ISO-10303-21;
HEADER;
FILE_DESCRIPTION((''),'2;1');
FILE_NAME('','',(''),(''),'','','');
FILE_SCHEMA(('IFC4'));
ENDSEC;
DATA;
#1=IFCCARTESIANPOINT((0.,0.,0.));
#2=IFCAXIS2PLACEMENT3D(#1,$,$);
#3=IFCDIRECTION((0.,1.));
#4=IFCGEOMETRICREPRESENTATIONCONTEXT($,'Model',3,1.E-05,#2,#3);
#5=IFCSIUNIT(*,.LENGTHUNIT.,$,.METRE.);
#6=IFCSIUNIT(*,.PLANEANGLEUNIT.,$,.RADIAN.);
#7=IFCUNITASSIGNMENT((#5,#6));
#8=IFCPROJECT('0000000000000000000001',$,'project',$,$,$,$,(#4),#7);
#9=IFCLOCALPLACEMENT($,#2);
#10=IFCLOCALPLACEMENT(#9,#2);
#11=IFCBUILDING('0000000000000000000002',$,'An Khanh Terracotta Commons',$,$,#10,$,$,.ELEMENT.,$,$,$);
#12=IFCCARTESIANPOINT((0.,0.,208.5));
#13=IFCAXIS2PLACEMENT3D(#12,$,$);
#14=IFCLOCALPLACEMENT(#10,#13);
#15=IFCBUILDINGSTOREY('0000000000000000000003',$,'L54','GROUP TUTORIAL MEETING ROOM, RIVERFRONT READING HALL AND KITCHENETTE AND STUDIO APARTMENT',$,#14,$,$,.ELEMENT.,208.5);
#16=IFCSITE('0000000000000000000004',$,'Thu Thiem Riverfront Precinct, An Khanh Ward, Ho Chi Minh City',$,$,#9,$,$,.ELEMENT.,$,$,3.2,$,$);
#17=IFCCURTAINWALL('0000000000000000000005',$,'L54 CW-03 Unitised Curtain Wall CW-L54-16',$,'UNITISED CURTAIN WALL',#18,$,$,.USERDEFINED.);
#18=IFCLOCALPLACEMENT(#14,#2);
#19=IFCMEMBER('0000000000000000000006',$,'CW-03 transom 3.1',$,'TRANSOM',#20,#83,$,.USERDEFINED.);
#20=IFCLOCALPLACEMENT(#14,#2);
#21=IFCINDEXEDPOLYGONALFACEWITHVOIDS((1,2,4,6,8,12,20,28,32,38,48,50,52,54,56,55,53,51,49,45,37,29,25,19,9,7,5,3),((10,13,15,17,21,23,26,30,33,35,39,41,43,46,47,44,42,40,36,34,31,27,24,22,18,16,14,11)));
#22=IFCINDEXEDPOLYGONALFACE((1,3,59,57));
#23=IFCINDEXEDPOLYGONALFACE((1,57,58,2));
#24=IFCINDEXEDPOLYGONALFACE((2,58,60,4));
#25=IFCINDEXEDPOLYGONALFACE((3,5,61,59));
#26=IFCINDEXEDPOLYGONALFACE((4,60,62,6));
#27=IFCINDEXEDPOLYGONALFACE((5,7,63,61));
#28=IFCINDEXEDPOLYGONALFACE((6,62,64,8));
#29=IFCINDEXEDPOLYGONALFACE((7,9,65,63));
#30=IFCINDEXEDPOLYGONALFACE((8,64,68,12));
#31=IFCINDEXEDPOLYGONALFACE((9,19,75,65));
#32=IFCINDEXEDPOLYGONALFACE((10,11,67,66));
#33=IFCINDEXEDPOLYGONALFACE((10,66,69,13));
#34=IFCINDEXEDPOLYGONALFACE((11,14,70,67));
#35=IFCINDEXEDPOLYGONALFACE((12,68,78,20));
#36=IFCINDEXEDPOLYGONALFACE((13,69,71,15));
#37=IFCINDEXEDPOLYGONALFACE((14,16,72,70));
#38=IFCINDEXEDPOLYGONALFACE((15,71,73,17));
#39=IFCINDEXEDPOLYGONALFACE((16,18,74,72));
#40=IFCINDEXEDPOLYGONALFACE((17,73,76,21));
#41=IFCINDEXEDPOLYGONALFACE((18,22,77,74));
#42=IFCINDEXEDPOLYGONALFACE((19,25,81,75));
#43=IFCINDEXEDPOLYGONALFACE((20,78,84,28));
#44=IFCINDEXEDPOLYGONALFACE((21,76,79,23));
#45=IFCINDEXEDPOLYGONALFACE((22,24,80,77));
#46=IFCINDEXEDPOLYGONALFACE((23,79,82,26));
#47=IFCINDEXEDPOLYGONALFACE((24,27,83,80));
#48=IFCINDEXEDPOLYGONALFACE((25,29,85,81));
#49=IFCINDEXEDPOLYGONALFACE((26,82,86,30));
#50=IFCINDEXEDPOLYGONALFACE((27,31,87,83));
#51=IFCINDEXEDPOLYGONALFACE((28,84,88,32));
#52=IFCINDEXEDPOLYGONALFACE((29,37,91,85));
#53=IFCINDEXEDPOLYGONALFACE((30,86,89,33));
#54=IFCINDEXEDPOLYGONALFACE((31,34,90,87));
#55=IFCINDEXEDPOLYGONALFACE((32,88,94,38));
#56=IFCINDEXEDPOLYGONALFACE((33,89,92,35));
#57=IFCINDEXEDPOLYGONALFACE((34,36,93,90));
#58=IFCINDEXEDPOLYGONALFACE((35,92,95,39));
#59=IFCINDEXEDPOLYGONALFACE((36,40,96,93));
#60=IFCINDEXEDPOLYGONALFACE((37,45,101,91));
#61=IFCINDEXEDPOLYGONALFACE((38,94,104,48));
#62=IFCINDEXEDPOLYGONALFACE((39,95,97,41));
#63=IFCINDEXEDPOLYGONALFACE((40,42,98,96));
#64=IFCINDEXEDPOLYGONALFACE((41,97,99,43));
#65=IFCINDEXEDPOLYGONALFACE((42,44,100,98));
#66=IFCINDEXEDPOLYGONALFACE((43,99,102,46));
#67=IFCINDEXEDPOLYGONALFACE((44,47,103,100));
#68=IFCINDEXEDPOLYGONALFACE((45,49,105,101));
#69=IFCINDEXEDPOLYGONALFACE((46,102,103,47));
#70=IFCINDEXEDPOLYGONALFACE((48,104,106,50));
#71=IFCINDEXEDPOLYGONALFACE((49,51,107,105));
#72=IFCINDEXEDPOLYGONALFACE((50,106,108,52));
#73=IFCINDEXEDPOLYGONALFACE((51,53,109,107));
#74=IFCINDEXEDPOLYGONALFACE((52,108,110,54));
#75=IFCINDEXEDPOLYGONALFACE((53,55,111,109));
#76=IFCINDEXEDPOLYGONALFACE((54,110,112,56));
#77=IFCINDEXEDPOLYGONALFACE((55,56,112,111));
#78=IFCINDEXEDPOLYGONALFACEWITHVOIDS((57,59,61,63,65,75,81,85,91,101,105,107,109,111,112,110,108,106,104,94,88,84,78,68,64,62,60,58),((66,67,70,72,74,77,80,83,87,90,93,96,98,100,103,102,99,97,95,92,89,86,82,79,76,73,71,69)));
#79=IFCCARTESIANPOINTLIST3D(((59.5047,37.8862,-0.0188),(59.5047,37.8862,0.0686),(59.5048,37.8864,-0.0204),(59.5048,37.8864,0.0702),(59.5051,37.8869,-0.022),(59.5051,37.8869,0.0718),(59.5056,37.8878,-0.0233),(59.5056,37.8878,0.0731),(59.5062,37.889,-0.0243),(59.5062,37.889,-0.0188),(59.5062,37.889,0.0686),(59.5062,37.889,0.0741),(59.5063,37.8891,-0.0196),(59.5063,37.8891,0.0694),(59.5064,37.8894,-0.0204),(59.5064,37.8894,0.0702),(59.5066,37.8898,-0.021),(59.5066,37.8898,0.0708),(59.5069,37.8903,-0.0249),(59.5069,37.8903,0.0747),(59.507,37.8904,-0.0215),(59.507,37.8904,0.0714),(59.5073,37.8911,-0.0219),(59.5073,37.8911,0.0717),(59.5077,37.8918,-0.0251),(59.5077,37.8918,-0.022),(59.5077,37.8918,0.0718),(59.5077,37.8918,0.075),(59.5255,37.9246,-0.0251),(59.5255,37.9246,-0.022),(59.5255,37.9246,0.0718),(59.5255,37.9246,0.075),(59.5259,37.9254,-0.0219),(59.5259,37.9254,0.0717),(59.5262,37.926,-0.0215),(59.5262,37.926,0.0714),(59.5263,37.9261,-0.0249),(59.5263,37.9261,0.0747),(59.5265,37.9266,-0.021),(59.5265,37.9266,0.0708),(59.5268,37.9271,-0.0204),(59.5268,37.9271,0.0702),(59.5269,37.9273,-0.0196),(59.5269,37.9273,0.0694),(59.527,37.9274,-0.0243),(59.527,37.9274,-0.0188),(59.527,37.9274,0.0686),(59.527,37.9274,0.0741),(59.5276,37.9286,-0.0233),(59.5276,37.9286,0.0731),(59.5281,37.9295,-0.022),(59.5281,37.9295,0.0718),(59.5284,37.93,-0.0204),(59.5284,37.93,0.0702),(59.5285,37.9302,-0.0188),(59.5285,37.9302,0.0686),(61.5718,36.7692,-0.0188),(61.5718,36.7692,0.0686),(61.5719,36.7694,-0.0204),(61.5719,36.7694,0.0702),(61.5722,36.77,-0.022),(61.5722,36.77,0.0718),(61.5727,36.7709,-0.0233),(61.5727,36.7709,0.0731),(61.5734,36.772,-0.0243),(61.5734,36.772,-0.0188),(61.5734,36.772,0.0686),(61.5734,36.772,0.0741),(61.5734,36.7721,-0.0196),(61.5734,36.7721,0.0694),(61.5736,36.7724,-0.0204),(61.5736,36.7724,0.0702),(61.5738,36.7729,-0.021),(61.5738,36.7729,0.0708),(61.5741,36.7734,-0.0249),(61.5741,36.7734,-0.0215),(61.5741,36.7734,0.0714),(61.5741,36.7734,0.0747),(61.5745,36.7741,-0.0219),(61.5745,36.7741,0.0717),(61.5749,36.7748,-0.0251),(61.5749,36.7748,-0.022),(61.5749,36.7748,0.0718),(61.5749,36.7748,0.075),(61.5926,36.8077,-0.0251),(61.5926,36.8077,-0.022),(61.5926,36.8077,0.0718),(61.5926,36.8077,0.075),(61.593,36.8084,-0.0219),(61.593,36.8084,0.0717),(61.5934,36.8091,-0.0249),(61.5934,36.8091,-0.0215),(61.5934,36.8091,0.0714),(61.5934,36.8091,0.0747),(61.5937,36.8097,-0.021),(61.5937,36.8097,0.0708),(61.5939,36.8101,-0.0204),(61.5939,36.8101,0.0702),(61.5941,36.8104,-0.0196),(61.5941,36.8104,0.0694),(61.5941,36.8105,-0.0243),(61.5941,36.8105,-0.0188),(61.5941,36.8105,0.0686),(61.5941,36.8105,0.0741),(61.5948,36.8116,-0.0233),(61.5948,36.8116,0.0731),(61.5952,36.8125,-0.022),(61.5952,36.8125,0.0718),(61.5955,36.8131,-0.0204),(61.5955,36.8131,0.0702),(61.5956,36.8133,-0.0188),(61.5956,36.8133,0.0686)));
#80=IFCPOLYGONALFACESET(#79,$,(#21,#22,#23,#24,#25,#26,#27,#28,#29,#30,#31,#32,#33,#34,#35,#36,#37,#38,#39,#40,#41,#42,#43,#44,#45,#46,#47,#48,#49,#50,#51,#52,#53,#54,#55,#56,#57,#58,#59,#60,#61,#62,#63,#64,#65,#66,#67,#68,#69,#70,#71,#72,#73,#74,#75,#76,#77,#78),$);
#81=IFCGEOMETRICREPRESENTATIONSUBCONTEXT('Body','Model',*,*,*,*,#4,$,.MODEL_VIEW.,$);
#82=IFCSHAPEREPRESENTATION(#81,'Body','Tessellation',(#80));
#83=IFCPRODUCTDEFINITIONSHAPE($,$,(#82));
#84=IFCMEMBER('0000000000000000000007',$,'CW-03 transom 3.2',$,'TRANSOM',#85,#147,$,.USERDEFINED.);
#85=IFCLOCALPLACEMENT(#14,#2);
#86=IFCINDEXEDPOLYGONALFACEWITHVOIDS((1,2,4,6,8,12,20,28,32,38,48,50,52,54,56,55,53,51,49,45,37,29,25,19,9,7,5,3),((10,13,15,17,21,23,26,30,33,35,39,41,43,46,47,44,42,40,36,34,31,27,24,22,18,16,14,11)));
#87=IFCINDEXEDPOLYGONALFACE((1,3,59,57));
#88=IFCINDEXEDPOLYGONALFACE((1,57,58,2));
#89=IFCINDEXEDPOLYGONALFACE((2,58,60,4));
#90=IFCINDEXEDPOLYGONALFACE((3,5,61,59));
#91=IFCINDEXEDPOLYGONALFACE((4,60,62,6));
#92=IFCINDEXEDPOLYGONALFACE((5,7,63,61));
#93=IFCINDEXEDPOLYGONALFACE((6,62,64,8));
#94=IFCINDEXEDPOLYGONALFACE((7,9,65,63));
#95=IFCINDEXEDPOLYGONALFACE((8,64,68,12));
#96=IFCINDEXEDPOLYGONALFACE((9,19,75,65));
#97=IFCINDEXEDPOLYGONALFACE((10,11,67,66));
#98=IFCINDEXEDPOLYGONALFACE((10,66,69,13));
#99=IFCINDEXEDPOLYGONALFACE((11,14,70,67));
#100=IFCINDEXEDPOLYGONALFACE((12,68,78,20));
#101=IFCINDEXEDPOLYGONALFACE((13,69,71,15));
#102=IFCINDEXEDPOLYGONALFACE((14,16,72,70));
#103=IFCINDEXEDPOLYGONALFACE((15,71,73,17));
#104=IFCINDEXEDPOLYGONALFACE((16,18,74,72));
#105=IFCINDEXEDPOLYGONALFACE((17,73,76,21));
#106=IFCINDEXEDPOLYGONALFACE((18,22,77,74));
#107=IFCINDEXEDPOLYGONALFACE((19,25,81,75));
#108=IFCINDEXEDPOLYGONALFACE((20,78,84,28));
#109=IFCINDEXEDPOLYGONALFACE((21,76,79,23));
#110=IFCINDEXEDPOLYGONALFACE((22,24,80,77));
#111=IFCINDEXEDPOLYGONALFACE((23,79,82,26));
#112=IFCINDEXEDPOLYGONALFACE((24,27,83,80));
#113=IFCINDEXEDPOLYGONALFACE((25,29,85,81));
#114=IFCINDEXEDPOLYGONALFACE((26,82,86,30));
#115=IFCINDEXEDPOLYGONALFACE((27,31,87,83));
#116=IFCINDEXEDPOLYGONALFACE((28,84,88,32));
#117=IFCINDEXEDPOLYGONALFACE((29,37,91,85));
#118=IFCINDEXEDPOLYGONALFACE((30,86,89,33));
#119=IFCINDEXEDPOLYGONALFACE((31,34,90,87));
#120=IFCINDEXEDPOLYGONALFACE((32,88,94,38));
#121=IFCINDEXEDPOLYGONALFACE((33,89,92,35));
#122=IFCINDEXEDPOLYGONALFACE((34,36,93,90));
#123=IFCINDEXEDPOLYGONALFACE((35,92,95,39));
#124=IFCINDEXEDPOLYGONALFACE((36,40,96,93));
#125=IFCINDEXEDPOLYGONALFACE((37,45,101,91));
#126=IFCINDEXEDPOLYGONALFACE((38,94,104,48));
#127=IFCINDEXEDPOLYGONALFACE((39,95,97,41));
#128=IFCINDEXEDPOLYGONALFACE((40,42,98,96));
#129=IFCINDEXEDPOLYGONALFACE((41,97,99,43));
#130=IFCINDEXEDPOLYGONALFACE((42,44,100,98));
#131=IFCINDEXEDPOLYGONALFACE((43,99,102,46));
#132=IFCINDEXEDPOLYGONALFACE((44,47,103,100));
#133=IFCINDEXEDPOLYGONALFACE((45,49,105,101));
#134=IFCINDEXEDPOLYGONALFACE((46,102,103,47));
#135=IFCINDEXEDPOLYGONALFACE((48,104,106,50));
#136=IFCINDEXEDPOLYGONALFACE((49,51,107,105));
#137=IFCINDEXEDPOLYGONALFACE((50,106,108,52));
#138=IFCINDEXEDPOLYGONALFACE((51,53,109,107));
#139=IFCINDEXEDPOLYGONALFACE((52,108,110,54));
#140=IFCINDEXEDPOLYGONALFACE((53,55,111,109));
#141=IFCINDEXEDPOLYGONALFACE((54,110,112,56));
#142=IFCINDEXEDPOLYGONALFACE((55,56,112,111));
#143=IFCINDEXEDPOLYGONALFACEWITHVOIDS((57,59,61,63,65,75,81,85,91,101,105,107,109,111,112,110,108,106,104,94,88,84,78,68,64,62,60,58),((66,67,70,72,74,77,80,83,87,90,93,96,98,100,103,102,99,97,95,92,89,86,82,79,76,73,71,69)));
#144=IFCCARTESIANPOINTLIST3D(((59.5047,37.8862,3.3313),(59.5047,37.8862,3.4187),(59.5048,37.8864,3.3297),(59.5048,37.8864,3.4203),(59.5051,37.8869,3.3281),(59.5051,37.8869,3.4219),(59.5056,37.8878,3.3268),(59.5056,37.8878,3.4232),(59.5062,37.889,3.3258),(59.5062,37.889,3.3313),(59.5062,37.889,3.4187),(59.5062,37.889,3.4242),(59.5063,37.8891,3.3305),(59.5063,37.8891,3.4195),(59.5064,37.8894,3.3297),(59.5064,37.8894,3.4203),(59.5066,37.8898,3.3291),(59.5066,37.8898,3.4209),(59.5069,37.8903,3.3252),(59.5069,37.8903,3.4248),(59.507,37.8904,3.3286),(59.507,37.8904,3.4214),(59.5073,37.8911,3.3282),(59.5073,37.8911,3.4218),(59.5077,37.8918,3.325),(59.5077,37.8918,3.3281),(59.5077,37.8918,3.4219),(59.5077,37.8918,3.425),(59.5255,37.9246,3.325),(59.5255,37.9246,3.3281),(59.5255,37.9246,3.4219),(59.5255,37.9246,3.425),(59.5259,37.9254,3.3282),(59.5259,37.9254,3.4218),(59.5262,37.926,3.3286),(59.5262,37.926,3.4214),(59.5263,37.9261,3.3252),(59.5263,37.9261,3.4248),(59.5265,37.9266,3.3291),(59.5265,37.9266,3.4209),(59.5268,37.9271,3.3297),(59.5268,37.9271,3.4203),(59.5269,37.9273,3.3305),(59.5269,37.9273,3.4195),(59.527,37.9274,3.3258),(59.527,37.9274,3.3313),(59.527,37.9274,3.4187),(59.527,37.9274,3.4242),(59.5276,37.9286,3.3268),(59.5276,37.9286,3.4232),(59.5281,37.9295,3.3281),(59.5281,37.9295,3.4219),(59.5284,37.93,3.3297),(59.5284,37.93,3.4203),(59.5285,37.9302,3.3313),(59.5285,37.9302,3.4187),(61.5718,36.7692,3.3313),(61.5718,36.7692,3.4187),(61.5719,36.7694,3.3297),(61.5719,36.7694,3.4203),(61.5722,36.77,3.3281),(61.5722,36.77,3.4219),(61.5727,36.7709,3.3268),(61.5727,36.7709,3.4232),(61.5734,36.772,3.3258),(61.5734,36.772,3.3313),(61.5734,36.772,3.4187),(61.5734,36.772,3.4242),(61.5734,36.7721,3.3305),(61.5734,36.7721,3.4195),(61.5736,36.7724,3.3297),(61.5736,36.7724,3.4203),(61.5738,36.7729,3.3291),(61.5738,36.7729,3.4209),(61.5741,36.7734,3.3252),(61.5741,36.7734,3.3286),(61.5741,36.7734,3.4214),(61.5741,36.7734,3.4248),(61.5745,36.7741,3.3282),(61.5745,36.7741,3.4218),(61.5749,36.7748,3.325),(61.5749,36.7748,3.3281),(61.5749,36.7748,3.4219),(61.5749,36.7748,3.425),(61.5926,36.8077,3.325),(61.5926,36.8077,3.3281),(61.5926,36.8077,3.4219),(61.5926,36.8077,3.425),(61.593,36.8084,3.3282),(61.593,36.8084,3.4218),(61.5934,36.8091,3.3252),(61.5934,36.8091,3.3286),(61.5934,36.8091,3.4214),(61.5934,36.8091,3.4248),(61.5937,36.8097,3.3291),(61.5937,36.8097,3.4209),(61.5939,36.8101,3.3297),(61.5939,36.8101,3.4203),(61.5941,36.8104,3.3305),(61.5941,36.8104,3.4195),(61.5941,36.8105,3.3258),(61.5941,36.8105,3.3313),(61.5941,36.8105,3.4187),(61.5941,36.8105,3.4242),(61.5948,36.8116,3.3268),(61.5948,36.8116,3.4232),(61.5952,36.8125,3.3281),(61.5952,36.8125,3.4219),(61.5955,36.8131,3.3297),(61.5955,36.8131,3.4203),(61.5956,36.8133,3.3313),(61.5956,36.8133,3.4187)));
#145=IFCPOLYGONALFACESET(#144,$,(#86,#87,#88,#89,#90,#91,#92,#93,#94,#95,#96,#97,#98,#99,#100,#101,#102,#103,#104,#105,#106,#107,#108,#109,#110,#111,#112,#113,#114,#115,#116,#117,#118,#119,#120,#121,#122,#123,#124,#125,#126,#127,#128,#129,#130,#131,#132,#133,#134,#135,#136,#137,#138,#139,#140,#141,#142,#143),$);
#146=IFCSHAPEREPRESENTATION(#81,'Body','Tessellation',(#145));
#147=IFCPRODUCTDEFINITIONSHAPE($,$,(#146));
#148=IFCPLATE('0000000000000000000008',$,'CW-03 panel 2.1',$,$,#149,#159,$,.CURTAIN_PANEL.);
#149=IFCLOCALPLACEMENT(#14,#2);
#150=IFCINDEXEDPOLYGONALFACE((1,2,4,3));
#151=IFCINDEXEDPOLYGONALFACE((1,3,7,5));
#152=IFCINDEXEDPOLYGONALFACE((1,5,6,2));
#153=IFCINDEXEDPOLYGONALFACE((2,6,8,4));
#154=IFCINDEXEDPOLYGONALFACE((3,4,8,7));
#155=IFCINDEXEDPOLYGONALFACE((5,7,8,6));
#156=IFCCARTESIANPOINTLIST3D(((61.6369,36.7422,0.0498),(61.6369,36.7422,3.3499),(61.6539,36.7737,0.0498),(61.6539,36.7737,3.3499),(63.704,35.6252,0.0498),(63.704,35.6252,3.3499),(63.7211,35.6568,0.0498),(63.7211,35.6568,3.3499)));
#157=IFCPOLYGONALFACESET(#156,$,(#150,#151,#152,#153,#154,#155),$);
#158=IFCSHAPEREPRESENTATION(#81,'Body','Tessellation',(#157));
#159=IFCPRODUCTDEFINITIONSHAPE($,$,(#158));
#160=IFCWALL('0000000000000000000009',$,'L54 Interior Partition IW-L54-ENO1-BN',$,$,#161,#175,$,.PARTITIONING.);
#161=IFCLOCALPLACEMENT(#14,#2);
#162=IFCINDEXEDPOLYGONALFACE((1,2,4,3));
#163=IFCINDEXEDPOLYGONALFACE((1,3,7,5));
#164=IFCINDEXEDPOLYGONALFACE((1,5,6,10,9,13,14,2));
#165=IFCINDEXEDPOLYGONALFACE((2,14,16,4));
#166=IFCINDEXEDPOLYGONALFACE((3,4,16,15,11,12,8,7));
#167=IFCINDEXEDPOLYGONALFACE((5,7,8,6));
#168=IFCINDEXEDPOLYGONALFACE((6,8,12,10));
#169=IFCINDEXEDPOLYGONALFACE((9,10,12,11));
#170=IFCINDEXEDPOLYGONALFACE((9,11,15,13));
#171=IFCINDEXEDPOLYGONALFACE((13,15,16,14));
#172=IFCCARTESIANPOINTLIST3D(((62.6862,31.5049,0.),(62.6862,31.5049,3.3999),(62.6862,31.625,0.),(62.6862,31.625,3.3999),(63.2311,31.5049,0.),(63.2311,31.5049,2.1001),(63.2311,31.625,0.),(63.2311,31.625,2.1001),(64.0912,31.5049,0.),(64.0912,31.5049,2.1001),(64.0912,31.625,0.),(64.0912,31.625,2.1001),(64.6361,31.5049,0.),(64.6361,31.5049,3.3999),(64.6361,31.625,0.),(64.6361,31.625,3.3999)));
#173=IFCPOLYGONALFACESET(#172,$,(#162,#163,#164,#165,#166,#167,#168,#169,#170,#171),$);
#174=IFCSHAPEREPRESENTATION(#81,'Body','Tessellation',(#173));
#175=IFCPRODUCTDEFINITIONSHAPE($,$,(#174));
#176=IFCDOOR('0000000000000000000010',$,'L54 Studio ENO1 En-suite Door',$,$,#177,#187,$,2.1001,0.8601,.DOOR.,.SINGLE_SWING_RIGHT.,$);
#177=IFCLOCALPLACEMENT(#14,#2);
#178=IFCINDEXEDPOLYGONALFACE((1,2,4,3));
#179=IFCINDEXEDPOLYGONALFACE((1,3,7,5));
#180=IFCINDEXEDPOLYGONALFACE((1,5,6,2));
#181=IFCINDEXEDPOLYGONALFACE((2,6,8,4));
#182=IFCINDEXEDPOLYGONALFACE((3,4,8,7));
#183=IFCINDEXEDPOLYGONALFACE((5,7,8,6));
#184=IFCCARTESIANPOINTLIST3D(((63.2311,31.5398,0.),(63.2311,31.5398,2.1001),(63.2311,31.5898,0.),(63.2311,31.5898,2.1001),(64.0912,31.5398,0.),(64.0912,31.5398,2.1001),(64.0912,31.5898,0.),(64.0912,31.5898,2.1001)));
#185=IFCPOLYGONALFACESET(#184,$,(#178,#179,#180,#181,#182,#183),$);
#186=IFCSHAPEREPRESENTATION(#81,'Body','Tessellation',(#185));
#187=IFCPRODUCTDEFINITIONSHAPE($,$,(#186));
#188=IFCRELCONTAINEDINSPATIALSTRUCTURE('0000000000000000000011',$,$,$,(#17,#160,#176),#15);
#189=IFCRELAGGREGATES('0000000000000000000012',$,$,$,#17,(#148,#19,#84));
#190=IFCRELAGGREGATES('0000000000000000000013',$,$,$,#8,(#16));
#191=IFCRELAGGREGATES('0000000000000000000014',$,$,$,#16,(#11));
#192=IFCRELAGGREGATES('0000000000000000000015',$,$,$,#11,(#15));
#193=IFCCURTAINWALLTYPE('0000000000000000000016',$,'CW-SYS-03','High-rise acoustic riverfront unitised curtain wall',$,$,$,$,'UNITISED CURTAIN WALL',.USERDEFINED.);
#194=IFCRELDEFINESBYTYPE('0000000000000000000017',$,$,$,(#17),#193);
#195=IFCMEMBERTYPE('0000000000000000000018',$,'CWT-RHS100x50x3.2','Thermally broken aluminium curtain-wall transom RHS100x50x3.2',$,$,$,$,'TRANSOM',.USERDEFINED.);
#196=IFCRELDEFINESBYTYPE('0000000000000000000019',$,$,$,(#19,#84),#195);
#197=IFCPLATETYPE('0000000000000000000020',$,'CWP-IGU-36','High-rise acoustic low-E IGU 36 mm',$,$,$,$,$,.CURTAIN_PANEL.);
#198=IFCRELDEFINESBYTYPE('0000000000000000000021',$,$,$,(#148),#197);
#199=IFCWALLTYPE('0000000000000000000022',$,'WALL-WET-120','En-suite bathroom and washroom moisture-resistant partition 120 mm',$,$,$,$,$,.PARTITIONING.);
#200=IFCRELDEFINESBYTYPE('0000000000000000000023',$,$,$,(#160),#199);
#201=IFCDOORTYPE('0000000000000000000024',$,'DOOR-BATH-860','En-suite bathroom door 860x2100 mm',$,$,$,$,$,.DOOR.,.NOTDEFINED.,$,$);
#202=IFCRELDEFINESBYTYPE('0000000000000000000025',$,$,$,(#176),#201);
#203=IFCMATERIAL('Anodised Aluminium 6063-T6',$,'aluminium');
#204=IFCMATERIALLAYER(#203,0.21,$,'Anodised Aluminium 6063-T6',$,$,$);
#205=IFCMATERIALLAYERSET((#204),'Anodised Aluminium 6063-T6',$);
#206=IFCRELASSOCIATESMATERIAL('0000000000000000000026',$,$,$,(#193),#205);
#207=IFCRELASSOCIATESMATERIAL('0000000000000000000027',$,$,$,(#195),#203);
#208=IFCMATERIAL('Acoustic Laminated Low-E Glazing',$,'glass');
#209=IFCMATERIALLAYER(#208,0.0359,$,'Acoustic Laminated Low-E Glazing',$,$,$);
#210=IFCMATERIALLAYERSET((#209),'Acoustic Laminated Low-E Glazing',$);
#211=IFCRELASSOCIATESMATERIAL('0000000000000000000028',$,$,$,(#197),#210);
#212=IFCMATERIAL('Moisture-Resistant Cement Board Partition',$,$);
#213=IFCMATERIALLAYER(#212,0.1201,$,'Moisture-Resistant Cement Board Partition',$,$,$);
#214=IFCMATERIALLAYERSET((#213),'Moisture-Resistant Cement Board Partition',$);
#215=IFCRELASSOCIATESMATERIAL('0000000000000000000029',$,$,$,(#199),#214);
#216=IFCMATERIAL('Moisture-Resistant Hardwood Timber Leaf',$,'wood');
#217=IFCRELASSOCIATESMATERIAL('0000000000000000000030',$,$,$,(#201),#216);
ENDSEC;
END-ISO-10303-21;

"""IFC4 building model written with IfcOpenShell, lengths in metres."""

from ifc_helpers import new_model, si_unit, direction, frame, frame_2d, origin, origin_2d, place, context, subcontext, project, spatial, rectangle, hollow_rectangle, extrude, material, layer, layer_set, material_profile, profile_set, type_object, element, fill, aggregate, save


model = new_model("IFC4")

# Units and contexts
model_context = context("Model", 3, precision=1e-05, world=origin(), true_north=direction((0.0, 1.0)))
body_context = subcontext(model_context, "Body", "Model", "MODEL_VIEW")
ifc_project = project(units=[si_unit("LENGTHUNIT", "METRE"), si_unit("PLANEANGLEUNIT", "RADIAN")], contexts=[model_context])

# Site, building, storey
site_placement = place(None, origin())
site = spatial("IfcSite", under=ifc_project, at=site_placement, Name="Thu Thiem Riverfront Precinct, An Khanh Ward, Ho Chi Minh City", CompositionType="ELEMENT", RefElevation=3.2)
building_placement = place(site_placement, origin())
building = spatial("IfcBuilding", under=site, at=building_placement, Name="An Khanh Terracotta Commons", CompositionType="ELEMENT")
storey_placement = place(building_placement, frame((0.0, 0.0, 208.5)))
storey = spatial("IfcBuildingStorey", under=building, at=storey_placement, Name="L54", Description="GROUP TUTORIAL MEETING ROOM, RIVERFRONT READING HALL AND KITCHENETTE AND STUDIO APARTMENT", CompositionType="ELEMENT", Elevation=208.5)

# Curtain wall, members, plate
ifc_material_1 = material(Name="Anodised Aluminium 6063-T6", Category="aluminium")
ifc_layer_1 = layer(ifc_material_1, 0.21, Name="Anodised Aluminium 6063-T6")
ifc_layer_set_1 = layer_set([ifc_layer_1], Name="Anodised Aluminium 6063-T6")
curtain_wall_type = type_object("IfcCurtainWallType", Name="CW-SYS-03", Description="High-rise acoustic riverfront unitised curtain wall", ElementType="UNITISED CURTAIN WALL", PredefinedType="USERDEFINED", material=ifc_layer_set_1)
curtain_wall_placement = place(storey_placement, origin())
curtain_wall = element("IfcCurtainWall", 1, at=curtain_wall_placement, inside=storey, type_object=curtain_wall_type, Name="L54 CW-03 Unitised Curtain Wall CW-L54-16", ObjectType="UNITISED CURTAIN WALL", PredefinedType="USERDEFINED")
ifc_material_profile_1 = material_profile(ifc_material_1, hollow_rectangle(XDim=0.05, YDim=0.1001, WallThickness=0.0032, InnerFilletRadius=0.0032, OuterFilletRadius=0.0063, at=origin_2d()), Name="RHS100x50x3.2")
ifc_profile_set_1 = profile_set([ifc_material_profile_1], Name="Anodised Aluminium 6063-T6")
member_type_1 = type_object("IfcMemberType", Name="CWT-RHS100x50x3.2", Description="Thermally broken aluminium curtain-wall transom RHS100x50x3.2", ElementType="TRANSOM", PredefinedType="USERDEFINED", material=ifc_profile_set_1)
member_1_placement = place(storey_placement, frame((61.5837, 36.7913, 0.0249), z_axis=(-0.879783, 0.475376, 0.0), x_axis=(-0.475376, -0.879783, 0.0)))
member_1 = element("IfcMember", 2, at=member_1_placement, type_object=member_type_1, Name="CW-03 transom 3.1", ObjectType="TRANSOM", PredefinedType="USERDEFINED", context=body_context, shape_type="SweptSolid", body=[
    extrude(hollow_rectangle(XDim=0.05, YDim=0.1001, WallThickness=0.0032, InnerFilletRadius=0.0032, OuterFilletRadius=0.0063, at=origin_2d()), origin(), (0.0, 0.0, 1.0), 2.3496),
])
member_2_placement = place(storey_placement, frame((61.5837, 36.7913, 3.375), z_axis=(-0.879783, 0.475376, 0.0), x_axis=(-0.475376, -0.879783, 0.0)))
member_2 = element("IfcMember", 3, at=member_2_placement, type_object=member_type_1, Name="CW-03 transom 3.2", ObjectType="TRANSOM", PredefinedType="USERDEFINED", context=body_context, shape_type="SweptSolid", body=[
    extrude(hollow_rectangle(XDim=0.05, YDim=0.1001, WallThickness=0.0032, InnerFilletRadius=0.0032, OuterFilletRadius=0.0063, at=origin_2d()), origin(), (0.0, 0.0, 1.0), 2.3496),
])
ifc_material_2 = material(Name="Acoustic Laminated Low-E Glazing", Category="glass")
ifc_layer_2 = layer(ifc_material_2, 0.0359, Name="Acoustic Laminated Low-E Glazing")
ifc_layer_set_2 = layer_set([ifc_layer_2], Name="Acoustic Laminated Low-E Glazing")
plate_type = type_object("IfcPlateType", Name="CWP-IGU-36", Description="High-rise acoustic low-E IGU 36 mm", PredefinedType="CURTAIN_PANEL", material=ifc_layer_set_2)
plate_placement = place(storey_placement, frame((62.679, 36.1995, 0.0498), z_axis=(0.0, 0.0, 1.0), x_axis=(-0.87978, 0.475381, 0.0)))
plate = element("IfcPlate", 4, at=plate_placement, type_object=plate_type, Name="CW-03 panel 2.1", PredefinedType="CURTAIN_PANEL", context=body_context, shape_type="SweptSolid", body=[
    extrude(rectangle(XDim=2.3496, YDim=0.0359, at=origin_2d()), origin(), (0.0, 0.0, 1.0), 3.3),
])
aggregate(curtain_wall, [plate, member_1, member_2])

# Wall, opening, door
ifc_material_3 = material(Name="Moisture-Resistant Cement Board Partition")
ifc_layer_3 = layer(ifc_material_3, 0.1201, Name="Moisture-Resistant Cement Board Partition")
ifc_layer_set_3 = layer_set([ifc_layer_3], Name="Moisture-Resistant Cement Board Partition")
wall_type = type_object("IfcWallType", Name="WALL-WET-120", Description="En-suite bathroom and washroom moisture-resistant partition 120 mm", PredefinedType="PARTITIONING", material=ifc_layer_set_3)
wall_1_placement = place(storey_placement, frame((62.686, 31.5649, 0.0), z_axis=(0.0, 0.0, 1.0), x_axis=(1.0, 0.0, 0.0)))
wall_1 = element("IfcWall", 5, at=wall_1_placement, inside=storey, type_object=wall_type, Name="L54 Interior Partition IW-L54-ENO1-BN", PredefinedType="PARTITIONING", context=body_context, shape_type="SweptSolid", body=[
    extrude(rectangle(XDim=1.95, YDim=0.1201, at=frame_2d((0.9751, 0.0))), origin(), (0.0, 0.0, 1.0), 3.3999),
])
opening_placement = place(wall_1_placement, frame((0.5449, 0.0, 0.0)))
opening = element("IfcOpeningElement", 6, at=opening_placement, cuts=wall_1, PredefinedType="OPENING", context=body_context, shape_type="SweptSolid", body=[
    extrude(rectangle(XDim=0.8601, YDim=2.1001, at=frame_2d((0.4302, 1.05))), frame((0.0, 0.0701, 0.0), z_axis=(0.0, -1.0, 0.0), x_axis=(1.0, 0.0, 0.0)), (0.0, 0.0, 1.0), 0.1401),
])
ifc_material_4 = material(Name="Moisture-Resistant Hardwood Timber Leaf", Category="wood")
door_type = type_object("IfcDoorType", Name="DOOR-BATH-860", Description="En-suite bathroom door 860x2100 mm", OperationType="NOTDEFINED", PredefinedType="DOOR", material=ifc_material_4)
door_placement = place(opening_placement, origin())
door = element("IfcDoor", 7, at=door_placement, inside=storey, type_object=door_type, Name="L54 Studio ENO1 En-suite Door", OperationType="SINGLE_SWING_RIGHT", OverallHeight=2.1001, OverallWidth=0.8601, PredefinedType="DOOR", context=body_context, shape_type="SweptSolid", body=[
    extrude(rectangle(XDim=0.8601, YDim=2.1001, at=frame_2d((0.4302, 1.05))), frame((0.0, 0.0249, 0.0), z_axis=(0.0, -1.0, 0.0), x_axis=(1.0, 0.0, 0.0)), (0.0, 0.0, 1.0), 0.05),
])
fill(opening, door)

save(model, "model.ifc")
